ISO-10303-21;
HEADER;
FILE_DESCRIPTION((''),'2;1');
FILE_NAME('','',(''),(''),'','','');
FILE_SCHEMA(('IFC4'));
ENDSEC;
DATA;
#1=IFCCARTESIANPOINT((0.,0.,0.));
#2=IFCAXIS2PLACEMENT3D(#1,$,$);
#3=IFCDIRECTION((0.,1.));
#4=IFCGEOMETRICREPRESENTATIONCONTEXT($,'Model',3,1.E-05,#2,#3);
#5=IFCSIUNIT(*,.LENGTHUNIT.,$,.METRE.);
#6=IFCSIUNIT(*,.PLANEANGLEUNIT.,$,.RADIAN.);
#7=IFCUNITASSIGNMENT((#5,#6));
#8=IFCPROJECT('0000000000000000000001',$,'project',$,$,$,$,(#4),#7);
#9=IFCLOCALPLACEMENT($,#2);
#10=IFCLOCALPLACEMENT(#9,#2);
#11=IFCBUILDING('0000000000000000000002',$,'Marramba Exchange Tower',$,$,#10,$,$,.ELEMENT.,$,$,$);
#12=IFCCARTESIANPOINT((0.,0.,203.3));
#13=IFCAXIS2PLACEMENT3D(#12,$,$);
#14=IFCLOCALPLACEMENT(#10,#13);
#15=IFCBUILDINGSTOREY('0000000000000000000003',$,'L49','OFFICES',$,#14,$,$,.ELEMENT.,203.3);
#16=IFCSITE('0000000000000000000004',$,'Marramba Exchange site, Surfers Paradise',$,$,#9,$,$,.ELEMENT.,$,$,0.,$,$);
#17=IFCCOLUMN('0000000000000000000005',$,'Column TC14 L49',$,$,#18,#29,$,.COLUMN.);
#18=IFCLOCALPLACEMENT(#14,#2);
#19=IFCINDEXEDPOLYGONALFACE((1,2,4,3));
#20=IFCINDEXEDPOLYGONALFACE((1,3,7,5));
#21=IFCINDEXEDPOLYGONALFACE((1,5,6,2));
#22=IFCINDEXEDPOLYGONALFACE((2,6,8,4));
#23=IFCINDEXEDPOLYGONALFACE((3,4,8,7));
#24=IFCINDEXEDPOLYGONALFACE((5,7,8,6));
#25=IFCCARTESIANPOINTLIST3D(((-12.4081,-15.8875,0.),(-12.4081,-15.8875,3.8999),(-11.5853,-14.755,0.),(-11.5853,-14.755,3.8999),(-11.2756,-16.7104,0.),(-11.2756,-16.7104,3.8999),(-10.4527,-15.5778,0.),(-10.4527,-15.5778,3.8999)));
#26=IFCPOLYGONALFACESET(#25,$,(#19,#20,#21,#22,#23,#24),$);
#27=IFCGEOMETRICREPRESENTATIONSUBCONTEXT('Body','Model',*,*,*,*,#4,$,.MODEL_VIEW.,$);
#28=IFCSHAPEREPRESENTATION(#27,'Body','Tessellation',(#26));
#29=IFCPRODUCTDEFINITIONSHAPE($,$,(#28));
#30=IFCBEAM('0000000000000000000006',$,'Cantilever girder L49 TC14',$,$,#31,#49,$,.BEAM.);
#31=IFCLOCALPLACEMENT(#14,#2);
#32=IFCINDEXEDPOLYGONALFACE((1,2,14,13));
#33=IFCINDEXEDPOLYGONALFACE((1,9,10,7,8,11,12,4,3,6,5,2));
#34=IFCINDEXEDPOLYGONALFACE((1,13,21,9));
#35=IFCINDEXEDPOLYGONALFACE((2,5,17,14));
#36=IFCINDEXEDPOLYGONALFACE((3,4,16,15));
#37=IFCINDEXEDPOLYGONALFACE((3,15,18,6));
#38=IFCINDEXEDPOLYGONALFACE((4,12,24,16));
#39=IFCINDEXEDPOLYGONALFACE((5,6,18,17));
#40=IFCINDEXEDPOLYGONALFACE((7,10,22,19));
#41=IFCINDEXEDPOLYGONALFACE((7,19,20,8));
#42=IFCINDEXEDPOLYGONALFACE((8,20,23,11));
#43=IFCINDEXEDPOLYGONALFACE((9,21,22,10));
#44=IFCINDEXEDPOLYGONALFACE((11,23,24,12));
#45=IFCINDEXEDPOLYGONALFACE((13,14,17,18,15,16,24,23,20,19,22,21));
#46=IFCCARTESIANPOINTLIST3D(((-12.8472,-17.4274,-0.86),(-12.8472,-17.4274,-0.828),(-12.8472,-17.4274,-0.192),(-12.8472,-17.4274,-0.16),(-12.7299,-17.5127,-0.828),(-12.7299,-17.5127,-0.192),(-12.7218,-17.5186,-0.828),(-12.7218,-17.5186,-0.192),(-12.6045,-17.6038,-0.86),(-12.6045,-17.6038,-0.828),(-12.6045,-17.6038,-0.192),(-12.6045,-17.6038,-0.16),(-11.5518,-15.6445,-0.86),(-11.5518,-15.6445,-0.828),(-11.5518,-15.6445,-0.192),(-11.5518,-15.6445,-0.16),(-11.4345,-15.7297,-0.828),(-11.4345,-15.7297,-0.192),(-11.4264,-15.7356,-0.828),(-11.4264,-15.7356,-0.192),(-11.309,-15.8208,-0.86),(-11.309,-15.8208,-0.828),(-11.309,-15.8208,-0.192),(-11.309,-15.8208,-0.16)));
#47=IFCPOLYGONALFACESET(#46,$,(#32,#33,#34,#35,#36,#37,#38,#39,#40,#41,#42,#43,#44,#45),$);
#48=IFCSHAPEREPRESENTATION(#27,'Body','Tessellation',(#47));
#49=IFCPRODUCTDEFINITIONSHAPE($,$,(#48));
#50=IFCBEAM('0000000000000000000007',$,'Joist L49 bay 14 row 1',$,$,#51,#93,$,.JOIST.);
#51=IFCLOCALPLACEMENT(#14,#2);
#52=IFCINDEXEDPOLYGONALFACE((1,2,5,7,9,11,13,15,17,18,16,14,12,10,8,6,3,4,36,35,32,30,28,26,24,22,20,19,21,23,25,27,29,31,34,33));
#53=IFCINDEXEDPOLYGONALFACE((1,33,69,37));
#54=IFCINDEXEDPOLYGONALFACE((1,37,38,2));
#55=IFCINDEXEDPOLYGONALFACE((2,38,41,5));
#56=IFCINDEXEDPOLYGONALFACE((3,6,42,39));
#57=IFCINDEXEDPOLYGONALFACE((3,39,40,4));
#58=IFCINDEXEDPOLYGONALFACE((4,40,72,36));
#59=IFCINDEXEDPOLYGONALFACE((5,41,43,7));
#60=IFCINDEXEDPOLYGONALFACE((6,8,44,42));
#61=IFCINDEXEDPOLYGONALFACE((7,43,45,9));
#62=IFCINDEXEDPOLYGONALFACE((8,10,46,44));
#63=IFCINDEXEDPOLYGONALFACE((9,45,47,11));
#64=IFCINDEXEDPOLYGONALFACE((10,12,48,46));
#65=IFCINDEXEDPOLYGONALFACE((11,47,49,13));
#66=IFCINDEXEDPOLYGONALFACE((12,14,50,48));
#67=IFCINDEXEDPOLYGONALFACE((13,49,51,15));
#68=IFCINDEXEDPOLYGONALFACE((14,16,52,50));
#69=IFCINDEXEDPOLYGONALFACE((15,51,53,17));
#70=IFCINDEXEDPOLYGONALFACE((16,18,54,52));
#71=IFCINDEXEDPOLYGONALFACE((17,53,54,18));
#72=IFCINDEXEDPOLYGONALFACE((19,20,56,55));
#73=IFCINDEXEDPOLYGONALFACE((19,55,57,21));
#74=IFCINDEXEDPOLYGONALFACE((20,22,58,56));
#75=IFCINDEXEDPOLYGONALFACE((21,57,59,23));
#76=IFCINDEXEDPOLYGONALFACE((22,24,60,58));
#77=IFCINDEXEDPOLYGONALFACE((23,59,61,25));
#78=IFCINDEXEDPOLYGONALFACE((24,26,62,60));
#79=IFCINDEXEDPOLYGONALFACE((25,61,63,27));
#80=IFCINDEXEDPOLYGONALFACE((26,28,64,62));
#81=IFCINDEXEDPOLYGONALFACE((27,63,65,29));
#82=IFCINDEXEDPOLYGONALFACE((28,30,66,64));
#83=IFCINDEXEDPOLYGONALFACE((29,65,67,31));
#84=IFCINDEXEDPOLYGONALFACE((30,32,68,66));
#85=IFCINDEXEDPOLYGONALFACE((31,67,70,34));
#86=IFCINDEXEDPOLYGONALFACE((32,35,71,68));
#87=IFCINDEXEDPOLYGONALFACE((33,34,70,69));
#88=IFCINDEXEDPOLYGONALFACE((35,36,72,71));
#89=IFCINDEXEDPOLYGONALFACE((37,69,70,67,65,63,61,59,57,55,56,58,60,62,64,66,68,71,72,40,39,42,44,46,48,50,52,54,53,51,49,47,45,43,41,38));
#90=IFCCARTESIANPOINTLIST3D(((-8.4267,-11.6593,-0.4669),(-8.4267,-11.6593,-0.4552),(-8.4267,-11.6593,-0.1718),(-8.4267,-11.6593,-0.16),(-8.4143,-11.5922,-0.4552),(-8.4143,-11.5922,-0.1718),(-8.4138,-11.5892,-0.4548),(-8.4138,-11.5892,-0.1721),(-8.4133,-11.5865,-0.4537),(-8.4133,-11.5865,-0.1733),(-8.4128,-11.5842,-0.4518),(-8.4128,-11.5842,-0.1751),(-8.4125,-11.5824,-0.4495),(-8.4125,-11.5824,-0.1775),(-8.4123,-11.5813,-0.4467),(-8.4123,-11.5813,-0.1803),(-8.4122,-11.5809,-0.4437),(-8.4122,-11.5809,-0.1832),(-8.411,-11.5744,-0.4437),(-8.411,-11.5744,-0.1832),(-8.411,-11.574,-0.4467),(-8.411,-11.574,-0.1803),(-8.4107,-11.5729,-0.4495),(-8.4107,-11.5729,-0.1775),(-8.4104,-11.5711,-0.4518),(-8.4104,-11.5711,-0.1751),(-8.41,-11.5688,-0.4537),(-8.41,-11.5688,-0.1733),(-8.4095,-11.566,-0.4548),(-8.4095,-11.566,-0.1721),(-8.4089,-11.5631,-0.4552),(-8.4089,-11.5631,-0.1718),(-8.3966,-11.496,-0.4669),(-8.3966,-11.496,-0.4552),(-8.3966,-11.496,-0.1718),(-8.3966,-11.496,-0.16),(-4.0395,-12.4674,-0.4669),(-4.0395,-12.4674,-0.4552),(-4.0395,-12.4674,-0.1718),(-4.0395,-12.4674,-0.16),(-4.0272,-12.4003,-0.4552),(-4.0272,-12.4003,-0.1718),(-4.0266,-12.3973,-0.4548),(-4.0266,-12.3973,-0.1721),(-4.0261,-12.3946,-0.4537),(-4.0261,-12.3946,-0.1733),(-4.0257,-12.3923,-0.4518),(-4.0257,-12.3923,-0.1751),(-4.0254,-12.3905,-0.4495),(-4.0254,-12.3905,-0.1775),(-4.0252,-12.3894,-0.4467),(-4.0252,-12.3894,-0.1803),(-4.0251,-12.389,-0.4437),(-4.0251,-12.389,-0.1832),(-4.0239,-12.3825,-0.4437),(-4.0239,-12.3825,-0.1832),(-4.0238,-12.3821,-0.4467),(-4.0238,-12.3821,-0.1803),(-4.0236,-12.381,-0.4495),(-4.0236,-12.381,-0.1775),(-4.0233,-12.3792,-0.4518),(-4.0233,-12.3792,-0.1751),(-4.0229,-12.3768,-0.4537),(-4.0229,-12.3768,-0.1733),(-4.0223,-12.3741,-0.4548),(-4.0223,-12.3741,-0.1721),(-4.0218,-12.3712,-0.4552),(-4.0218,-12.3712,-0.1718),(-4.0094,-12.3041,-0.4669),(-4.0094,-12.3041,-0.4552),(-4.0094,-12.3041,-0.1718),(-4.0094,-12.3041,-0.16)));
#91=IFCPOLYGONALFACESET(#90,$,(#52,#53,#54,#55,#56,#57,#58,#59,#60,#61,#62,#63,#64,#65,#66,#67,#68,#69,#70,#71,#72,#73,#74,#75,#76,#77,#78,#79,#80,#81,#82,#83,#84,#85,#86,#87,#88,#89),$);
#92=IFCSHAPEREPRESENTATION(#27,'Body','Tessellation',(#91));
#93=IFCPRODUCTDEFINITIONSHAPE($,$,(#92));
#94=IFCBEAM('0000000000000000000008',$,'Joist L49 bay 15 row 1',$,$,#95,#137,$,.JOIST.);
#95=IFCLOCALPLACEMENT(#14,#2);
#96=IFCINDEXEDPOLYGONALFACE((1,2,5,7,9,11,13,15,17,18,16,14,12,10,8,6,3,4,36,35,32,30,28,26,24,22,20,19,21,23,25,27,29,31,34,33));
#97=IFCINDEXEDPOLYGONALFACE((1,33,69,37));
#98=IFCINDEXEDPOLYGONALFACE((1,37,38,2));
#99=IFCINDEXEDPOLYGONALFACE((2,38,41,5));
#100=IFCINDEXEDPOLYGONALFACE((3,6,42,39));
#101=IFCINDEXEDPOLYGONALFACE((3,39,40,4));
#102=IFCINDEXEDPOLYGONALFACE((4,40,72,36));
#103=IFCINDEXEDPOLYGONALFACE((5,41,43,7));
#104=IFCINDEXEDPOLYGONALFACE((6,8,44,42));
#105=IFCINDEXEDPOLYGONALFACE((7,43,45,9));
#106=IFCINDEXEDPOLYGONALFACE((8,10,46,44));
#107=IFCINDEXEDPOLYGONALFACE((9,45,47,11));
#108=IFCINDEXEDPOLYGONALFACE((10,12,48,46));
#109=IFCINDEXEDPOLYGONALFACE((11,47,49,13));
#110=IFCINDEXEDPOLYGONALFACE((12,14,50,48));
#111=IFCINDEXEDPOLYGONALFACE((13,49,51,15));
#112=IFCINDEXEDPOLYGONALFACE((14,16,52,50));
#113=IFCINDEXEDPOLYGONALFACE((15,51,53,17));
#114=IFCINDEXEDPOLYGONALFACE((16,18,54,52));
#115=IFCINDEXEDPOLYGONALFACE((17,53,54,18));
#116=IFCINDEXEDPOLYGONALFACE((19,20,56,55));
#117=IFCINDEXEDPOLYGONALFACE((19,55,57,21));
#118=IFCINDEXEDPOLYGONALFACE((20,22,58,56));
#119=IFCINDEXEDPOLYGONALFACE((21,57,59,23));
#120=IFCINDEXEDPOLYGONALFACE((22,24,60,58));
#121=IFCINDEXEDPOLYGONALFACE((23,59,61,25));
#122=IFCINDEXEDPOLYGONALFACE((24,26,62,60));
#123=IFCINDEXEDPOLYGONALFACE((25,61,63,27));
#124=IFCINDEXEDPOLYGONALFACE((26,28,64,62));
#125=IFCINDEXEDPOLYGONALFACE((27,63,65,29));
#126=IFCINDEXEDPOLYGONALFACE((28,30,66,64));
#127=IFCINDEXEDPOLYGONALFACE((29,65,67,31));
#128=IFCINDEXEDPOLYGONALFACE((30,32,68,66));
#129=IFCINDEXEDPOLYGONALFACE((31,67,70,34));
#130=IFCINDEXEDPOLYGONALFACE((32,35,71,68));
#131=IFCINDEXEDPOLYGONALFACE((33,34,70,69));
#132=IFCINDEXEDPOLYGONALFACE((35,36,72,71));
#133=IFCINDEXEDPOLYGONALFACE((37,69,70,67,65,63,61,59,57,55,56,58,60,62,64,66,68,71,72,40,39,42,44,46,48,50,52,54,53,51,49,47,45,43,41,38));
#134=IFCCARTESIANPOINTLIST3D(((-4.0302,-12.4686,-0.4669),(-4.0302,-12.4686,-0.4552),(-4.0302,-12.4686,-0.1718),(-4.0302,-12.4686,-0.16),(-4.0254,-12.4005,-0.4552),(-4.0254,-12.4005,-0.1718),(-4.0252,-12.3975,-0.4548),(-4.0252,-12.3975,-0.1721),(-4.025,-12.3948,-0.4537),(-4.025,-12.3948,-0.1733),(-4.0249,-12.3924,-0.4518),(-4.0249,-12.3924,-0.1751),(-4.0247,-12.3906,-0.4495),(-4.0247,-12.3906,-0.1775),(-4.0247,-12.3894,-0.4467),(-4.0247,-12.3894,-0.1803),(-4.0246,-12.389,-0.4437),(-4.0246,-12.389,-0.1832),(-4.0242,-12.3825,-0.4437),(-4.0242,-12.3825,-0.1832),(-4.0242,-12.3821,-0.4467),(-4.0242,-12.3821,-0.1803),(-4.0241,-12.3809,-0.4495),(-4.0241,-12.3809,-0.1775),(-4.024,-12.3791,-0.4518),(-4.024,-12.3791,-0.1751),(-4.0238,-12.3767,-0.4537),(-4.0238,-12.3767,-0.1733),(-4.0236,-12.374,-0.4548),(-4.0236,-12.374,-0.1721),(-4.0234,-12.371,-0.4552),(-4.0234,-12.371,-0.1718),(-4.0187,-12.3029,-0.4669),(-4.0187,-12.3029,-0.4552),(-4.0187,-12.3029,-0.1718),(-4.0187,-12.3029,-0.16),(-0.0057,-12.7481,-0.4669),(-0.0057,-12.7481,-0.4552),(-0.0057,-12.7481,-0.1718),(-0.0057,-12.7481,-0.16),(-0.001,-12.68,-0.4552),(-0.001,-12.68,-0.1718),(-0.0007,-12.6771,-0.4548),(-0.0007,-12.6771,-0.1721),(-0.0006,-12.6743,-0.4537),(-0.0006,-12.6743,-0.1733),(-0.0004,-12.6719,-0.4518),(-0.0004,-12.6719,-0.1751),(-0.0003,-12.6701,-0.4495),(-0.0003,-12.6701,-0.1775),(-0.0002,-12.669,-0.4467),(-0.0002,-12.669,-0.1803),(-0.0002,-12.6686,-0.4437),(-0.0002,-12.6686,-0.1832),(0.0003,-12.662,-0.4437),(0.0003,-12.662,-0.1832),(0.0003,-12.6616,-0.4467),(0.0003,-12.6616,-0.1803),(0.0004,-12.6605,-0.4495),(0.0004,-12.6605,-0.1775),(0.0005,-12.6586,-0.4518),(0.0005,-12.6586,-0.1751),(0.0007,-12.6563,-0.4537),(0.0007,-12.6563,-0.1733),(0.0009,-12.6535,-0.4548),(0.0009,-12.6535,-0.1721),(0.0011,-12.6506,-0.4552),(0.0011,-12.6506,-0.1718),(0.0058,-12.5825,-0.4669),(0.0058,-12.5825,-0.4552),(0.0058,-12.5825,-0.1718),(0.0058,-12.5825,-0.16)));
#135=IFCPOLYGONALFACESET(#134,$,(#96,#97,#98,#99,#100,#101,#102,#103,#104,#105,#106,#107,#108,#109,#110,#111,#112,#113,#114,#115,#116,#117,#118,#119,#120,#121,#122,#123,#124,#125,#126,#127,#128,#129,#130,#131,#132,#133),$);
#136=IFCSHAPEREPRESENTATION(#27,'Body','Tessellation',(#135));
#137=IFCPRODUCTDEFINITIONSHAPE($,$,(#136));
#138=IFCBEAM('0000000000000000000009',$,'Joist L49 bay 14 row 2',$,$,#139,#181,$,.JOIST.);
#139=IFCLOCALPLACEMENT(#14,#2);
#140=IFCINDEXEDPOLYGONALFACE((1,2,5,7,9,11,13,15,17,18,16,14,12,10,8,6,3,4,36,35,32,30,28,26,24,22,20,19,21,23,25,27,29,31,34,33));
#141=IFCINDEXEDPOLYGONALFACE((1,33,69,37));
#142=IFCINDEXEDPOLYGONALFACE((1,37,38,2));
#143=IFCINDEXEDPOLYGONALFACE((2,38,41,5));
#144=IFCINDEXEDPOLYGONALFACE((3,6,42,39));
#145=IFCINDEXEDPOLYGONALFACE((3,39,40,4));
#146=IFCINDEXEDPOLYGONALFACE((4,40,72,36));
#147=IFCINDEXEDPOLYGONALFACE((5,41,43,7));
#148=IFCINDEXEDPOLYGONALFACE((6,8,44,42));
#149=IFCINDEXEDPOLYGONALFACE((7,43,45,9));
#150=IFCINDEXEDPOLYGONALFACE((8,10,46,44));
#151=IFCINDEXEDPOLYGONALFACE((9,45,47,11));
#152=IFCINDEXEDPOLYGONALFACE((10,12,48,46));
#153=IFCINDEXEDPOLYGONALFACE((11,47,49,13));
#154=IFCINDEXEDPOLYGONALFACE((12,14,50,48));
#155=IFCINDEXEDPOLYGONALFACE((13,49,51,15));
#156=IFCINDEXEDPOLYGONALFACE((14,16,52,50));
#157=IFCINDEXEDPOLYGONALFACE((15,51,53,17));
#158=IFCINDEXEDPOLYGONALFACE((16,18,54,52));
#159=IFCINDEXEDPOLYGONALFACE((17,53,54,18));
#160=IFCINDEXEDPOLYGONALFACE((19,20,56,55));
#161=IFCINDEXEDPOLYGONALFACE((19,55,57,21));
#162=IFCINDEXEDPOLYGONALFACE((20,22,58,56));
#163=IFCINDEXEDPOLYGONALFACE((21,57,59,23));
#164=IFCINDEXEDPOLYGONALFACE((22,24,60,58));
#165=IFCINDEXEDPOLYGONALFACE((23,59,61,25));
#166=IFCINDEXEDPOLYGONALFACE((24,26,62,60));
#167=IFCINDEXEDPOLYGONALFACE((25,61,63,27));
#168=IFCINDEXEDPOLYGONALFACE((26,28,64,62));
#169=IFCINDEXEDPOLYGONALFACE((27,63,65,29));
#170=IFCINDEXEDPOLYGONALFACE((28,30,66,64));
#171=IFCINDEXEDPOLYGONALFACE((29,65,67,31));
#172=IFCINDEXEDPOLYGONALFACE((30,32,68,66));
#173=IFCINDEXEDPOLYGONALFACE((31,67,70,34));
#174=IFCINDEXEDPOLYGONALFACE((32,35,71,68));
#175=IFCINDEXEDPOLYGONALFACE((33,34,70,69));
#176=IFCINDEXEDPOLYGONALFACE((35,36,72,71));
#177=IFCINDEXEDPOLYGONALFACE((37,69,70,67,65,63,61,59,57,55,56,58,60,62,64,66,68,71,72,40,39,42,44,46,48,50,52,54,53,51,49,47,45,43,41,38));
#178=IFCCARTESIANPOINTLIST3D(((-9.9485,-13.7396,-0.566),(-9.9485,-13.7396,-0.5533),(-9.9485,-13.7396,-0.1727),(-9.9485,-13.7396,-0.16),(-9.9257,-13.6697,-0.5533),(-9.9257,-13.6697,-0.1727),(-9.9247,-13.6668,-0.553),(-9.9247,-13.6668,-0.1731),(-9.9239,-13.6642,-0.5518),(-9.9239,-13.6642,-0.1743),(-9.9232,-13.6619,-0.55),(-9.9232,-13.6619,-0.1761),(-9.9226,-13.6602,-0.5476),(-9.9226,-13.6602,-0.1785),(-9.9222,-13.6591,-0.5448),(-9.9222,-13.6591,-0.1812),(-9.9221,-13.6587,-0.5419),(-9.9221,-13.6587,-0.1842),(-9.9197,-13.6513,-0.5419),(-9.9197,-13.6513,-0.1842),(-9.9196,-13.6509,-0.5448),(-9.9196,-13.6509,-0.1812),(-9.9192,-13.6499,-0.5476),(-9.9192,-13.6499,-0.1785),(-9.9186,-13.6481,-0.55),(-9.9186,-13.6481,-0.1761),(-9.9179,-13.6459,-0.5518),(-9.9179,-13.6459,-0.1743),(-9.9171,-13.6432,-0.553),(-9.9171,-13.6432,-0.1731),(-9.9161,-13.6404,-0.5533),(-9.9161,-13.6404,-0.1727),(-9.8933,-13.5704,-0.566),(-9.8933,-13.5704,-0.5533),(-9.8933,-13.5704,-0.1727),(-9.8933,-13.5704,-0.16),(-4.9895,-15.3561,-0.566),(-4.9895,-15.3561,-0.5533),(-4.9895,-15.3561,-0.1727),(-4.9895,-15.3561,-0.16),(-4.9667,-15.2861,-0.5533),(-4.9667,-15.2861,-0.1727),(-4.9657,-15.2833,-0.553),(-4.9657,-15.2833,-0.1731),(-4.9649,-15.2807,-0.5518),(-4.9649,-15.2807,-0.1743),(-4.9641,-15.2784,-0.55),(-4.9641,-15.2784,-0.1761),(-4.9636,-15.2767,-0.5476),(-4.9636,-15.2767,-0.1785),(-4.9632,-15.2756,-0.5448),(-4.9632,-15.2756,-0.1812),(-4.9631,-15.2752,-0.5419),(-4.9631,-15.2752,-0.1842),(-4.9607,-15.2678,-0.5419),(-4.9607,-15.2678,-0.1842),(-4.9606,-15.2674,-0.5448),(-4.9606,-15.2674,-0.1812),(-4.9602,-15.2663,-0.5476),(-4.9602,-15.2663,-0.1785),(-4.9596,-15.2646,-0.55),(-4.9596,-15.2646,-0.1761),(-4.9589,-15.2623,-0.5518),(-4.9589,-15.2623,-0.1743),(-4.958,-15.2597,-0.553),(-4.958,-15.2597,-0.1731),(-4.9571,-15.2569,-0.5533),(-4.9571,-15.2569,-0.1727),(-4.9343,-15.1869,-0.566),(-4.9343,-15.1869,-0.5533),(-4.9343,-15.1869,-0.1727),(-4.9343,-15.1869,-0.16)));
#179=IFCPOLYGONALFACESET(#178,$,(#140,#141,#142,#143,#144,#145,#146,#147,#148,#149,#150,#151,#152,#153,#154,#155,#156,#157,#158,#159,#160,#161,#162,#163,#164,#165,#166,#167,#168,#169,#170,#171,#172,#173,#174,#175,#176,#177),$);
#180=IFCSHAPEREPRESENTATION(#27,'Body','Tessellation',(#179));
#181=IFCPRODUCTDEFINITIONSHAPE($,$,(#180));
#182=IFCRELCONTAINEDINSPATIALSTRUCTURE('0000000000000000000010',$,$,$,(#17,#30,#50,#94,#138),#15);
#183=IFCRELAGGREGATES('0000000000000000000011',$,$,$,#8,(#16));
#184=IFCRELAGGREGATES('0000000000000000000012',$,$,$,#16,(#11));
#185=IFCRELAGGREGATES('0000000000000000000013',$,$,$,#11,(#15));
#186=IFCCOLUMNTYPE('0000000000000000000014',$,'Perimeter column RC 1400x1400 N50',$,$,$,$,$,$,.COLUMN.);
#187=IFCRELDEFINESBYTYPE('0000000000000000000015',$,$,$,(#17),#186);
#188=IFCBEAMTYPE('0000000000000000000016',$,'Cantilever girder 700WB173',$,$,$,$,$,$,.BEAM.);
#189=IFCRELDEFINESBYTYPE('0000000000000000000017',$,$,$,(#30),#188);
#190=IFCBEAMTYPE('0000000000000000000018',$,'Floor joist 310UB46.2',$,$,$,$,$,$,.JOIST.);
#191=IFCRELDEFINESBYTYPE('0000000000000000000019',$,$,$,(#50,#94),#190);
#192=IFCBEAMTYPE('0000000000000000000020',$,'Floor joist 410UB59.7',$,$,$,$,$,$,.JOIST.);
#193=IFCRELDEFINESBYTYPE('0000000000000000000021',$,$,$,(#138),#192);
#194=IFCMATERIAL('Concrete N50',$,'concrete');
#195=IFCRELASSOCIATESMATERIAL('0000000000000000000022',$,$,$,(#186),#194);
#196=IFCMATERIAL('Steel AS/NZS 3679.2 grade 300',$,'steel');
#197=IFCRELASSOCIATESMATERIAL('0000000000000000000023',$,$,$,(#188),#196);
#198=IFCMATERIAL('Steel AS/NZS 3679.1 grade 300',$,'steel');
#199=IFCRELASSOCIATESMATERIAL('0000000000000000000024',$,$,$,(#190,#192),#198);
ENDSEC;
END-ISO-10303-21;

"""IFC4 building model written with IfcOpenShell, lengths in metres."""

from ifc_helpers import new_model, si_unit, direction, frame, origin, origin_2d, place, context, subcontext, project, spatial, rectangle, i_section, extrude, material, material_profile, profile_set, type_object, element, save


model = new_model("IFC4")

# Units and contexts
model_context = context("Model", 3, precision=1e-05, world=origin(), true_north=direction((0.0, 1.0)))
body_context = subcontext(model_context, "Body", "Model", "MODEL_VIEW")
ifc_project = project(units=[si_unit("LENGTHUNIT", "METRE"), si_unit("PLANEANGLEUNIT", "RADIAN")], contexts=[model_context])

# Site, building, storey
site_placement = place(None, origin())
site = spatial("IfcSite", under=ifc_project, at=site_placement, Name="Marramba Exchange site, Surfers Paradise", CompositionType="ELEMENT", RefElevation=0.0)
building_placement = place(site_placement, origin())
building = spatial("IfcBuilding", under=site, at=building_placement, Name="Marramba Exchange Tower", CompositionType="ELEMENT")
storey_placement = place(building_placement, frame((0.0, 0.0, 203.3)))
storey = spatial("IfcBuildingStorey", under=building, at=storey_placement, Name="L49", Description="OFFICES", CompositionType="ELEMENT", Elevation=203.3)

# Column
ifc_material_1 = material(Name="Concrete N50", Category="concrete")
ifc_material_profile_1 = material_profile(ifc_material_1, rectangle(XDim=1.3999, YDim=1.3999, at=origin_2d()), Name="RC 1400x1400")
ifc_profile_set_1 = profile_set([ifc_material_profile_1], Name="Concrete N50")
column_type = type_object("IfcColumnType", Name="Perimeter column RC 1400x1400 N50", PredefinedType="COLUMN", material=ifc_profile_set_1)
column_placement = place(storey_placement, frame((-11.4304, -15.7327, 0.0), z_axis=(0.0, 0.0, 1.0), x_axis=(-0.587785, -0.809017, 0.0)))
element("IfcColumn", 1, at=column_placement, inside=storey, type_object=column_type, Name="Column TC14 L49", PredefinedType="COLUMN", context=body_context, shape_type="SweptSolid", body=[
    extrude(rectangle(XDim=1.3999, YDim=1.3999, at=origin_2d()), origin(), (0.0, 0.0, 1.0), 3.8999),
])

# Beams
ifc_material_2 = material(Name="Steel AS/NZS 3679.2 grade 300", Category="steel")
ifc_material_profile_2 = material_profile(ifc_material_2, i_section(OverallWidth=0.3, OverallDepth=0.7, WebThickness=0.01, FlangeThickness=0.032, at=origin_2d()), Name="700WB173")
ifc_profile_set_2 = profile_set([ifc_material_profile_2], Name="Steel AS/NZS 3679.2 grade 300")
beam_type_1 = type_object("IfcBeamType", Name="Cantilever girder 700WB173", PredefinedType="BEAM", material=ifc_profile_set_2)
beam_1_placement = place(storey_placement, frame((-11.4304, -15.7327, -0.51), z_axis=(-0.58779, -0.809014, 0.0), x_axis=(0.809014, -0.58779, 0.0)))
element("IfcBeam", 2, at=beam_1_placement, inside=storey, type_object=beam_type_1, Name="Cantilever girder L49 TC14", PredefinedType="BEAM", context=body_context, shape_type="SweptSolid", body=[
    extrude(i_section(OverallWidth=0.3, OverallDepth=0.7, WebThickness=0.01, FlangeThickness=0.032, at=origin_2d()), origin(), (0.0, 0.0, 1.0), 2.2039),
])
ifc_material_3 = material(Name="Steel AS/NZS 3679.1 grade 300", Category="steel")
ifc_material_profile_3 = material_profile(ifc_material_3, i_section(OverallWidth=0.166, OverallDepth=0.3069, WebThickness=0.0066, FlangeThickness=0.0117, FilletRadius=0.0115, at=origin_2d()), Name="310UB46.2")
ifc_profile_set_3 = profile_set([ifc_material_profile_3], Name="Steel AS/NZS 3679.1 grade 300")
beam_type_2 = type_object("IfcBeamType", Name="Floor joist 310UB46.2", PredefinedType="JOIST", material=ifc_profile_set_3)
beam_2_placement = place(storey_placement, frame((-8.4116, -11.5776, -0.3135), z_axis=(0.983456, -0.181149, 0.0), x_axis=(0.181149, 0.983456, 0.0)))
element("IfcBeam", 3, at=beam_2_placement, inside=storey, type_object=beam_type_2, Name="Joist L49 bay 14 row 1", PredefinedType="JOIST", context=body_context, shape_type="SweptSolid", body=[
    extrude(i_section(OverallWidth=0.166, OverallDepth=0.3069, WebThickness=0.0066, FlangeThickness=0.0117, FilletRadius=0.0115, at=origin_2d()), origin(), (0.0, 0.0, 1.0), 4.4609),
])
beam_3_placement = place(storey_placement, frame((-4.0244, -12.3857, -0.3135), z_axis=(0.997596, -0.069294, 0.0), x_axis=(0.069294, 0.997596, 0.0)))
element("IfcBeam", 4, at=beam_3_placement, inside=storey, type_object=beam_type_2, Name="Joist L49 bay 15 row 1", PredefinedType="JOIST", context=body_context, shape_type="SweptSolid", body=[
    extrude(i_section(OverallWidth=0.166, OverallDepth=0.3069, WebThickness=0.0066, FlangeThickness=0.0117, FilletRadius=0.0115, at=origin_2d()), origin(), (0.0, 0.0, 1.0), 4.0342),
])
ifc_material_profile_4 = material_profile(ifc_material_3, i_section(OverallWidth=0.178, OverallDepth=0.406, WebThickness=0.0078, FlangeThickness=0.0127, FilletRadius=0.0115, at=origin_2d()), Name="410UB59.7")
ifc_profile_set_4 = profile_set([ifc_material_profile_4], Name="Steel AS/NZS 3679.1 grade 300")
beam_type_3 = type_object("IfcBeamType", Name="Floor joist 410UB59.7", PredefinedType="JOIST", material=ifc_profile_set_4)
beam_4_placement = place(storey_placement, frame((-9.9209, -13.655, -0.363), z_axis=(0.950764, -0.309916, 0.0), x_axis=(0.309916, 0.950764, 0.0)))
element("IfcBeam", 5, at=beam_4_placement, inside=storey, type_object=beam_type_3, Name="Joist L49 bay 14 row 2", PredefinedType="JOIST", context=body_context, shape_type="SweptSolid", body=[
    extrude(i_section(OverallWidth=0.178, OverallDepth=0.406, WebThickness=0.0078, FlangeThickness=0.0127, FilletRadius=0.0115, at=origin_2d()), origin(), (0.0, 0.0, 1.0), 5.2158),
])

save(model, "model.ifc")
